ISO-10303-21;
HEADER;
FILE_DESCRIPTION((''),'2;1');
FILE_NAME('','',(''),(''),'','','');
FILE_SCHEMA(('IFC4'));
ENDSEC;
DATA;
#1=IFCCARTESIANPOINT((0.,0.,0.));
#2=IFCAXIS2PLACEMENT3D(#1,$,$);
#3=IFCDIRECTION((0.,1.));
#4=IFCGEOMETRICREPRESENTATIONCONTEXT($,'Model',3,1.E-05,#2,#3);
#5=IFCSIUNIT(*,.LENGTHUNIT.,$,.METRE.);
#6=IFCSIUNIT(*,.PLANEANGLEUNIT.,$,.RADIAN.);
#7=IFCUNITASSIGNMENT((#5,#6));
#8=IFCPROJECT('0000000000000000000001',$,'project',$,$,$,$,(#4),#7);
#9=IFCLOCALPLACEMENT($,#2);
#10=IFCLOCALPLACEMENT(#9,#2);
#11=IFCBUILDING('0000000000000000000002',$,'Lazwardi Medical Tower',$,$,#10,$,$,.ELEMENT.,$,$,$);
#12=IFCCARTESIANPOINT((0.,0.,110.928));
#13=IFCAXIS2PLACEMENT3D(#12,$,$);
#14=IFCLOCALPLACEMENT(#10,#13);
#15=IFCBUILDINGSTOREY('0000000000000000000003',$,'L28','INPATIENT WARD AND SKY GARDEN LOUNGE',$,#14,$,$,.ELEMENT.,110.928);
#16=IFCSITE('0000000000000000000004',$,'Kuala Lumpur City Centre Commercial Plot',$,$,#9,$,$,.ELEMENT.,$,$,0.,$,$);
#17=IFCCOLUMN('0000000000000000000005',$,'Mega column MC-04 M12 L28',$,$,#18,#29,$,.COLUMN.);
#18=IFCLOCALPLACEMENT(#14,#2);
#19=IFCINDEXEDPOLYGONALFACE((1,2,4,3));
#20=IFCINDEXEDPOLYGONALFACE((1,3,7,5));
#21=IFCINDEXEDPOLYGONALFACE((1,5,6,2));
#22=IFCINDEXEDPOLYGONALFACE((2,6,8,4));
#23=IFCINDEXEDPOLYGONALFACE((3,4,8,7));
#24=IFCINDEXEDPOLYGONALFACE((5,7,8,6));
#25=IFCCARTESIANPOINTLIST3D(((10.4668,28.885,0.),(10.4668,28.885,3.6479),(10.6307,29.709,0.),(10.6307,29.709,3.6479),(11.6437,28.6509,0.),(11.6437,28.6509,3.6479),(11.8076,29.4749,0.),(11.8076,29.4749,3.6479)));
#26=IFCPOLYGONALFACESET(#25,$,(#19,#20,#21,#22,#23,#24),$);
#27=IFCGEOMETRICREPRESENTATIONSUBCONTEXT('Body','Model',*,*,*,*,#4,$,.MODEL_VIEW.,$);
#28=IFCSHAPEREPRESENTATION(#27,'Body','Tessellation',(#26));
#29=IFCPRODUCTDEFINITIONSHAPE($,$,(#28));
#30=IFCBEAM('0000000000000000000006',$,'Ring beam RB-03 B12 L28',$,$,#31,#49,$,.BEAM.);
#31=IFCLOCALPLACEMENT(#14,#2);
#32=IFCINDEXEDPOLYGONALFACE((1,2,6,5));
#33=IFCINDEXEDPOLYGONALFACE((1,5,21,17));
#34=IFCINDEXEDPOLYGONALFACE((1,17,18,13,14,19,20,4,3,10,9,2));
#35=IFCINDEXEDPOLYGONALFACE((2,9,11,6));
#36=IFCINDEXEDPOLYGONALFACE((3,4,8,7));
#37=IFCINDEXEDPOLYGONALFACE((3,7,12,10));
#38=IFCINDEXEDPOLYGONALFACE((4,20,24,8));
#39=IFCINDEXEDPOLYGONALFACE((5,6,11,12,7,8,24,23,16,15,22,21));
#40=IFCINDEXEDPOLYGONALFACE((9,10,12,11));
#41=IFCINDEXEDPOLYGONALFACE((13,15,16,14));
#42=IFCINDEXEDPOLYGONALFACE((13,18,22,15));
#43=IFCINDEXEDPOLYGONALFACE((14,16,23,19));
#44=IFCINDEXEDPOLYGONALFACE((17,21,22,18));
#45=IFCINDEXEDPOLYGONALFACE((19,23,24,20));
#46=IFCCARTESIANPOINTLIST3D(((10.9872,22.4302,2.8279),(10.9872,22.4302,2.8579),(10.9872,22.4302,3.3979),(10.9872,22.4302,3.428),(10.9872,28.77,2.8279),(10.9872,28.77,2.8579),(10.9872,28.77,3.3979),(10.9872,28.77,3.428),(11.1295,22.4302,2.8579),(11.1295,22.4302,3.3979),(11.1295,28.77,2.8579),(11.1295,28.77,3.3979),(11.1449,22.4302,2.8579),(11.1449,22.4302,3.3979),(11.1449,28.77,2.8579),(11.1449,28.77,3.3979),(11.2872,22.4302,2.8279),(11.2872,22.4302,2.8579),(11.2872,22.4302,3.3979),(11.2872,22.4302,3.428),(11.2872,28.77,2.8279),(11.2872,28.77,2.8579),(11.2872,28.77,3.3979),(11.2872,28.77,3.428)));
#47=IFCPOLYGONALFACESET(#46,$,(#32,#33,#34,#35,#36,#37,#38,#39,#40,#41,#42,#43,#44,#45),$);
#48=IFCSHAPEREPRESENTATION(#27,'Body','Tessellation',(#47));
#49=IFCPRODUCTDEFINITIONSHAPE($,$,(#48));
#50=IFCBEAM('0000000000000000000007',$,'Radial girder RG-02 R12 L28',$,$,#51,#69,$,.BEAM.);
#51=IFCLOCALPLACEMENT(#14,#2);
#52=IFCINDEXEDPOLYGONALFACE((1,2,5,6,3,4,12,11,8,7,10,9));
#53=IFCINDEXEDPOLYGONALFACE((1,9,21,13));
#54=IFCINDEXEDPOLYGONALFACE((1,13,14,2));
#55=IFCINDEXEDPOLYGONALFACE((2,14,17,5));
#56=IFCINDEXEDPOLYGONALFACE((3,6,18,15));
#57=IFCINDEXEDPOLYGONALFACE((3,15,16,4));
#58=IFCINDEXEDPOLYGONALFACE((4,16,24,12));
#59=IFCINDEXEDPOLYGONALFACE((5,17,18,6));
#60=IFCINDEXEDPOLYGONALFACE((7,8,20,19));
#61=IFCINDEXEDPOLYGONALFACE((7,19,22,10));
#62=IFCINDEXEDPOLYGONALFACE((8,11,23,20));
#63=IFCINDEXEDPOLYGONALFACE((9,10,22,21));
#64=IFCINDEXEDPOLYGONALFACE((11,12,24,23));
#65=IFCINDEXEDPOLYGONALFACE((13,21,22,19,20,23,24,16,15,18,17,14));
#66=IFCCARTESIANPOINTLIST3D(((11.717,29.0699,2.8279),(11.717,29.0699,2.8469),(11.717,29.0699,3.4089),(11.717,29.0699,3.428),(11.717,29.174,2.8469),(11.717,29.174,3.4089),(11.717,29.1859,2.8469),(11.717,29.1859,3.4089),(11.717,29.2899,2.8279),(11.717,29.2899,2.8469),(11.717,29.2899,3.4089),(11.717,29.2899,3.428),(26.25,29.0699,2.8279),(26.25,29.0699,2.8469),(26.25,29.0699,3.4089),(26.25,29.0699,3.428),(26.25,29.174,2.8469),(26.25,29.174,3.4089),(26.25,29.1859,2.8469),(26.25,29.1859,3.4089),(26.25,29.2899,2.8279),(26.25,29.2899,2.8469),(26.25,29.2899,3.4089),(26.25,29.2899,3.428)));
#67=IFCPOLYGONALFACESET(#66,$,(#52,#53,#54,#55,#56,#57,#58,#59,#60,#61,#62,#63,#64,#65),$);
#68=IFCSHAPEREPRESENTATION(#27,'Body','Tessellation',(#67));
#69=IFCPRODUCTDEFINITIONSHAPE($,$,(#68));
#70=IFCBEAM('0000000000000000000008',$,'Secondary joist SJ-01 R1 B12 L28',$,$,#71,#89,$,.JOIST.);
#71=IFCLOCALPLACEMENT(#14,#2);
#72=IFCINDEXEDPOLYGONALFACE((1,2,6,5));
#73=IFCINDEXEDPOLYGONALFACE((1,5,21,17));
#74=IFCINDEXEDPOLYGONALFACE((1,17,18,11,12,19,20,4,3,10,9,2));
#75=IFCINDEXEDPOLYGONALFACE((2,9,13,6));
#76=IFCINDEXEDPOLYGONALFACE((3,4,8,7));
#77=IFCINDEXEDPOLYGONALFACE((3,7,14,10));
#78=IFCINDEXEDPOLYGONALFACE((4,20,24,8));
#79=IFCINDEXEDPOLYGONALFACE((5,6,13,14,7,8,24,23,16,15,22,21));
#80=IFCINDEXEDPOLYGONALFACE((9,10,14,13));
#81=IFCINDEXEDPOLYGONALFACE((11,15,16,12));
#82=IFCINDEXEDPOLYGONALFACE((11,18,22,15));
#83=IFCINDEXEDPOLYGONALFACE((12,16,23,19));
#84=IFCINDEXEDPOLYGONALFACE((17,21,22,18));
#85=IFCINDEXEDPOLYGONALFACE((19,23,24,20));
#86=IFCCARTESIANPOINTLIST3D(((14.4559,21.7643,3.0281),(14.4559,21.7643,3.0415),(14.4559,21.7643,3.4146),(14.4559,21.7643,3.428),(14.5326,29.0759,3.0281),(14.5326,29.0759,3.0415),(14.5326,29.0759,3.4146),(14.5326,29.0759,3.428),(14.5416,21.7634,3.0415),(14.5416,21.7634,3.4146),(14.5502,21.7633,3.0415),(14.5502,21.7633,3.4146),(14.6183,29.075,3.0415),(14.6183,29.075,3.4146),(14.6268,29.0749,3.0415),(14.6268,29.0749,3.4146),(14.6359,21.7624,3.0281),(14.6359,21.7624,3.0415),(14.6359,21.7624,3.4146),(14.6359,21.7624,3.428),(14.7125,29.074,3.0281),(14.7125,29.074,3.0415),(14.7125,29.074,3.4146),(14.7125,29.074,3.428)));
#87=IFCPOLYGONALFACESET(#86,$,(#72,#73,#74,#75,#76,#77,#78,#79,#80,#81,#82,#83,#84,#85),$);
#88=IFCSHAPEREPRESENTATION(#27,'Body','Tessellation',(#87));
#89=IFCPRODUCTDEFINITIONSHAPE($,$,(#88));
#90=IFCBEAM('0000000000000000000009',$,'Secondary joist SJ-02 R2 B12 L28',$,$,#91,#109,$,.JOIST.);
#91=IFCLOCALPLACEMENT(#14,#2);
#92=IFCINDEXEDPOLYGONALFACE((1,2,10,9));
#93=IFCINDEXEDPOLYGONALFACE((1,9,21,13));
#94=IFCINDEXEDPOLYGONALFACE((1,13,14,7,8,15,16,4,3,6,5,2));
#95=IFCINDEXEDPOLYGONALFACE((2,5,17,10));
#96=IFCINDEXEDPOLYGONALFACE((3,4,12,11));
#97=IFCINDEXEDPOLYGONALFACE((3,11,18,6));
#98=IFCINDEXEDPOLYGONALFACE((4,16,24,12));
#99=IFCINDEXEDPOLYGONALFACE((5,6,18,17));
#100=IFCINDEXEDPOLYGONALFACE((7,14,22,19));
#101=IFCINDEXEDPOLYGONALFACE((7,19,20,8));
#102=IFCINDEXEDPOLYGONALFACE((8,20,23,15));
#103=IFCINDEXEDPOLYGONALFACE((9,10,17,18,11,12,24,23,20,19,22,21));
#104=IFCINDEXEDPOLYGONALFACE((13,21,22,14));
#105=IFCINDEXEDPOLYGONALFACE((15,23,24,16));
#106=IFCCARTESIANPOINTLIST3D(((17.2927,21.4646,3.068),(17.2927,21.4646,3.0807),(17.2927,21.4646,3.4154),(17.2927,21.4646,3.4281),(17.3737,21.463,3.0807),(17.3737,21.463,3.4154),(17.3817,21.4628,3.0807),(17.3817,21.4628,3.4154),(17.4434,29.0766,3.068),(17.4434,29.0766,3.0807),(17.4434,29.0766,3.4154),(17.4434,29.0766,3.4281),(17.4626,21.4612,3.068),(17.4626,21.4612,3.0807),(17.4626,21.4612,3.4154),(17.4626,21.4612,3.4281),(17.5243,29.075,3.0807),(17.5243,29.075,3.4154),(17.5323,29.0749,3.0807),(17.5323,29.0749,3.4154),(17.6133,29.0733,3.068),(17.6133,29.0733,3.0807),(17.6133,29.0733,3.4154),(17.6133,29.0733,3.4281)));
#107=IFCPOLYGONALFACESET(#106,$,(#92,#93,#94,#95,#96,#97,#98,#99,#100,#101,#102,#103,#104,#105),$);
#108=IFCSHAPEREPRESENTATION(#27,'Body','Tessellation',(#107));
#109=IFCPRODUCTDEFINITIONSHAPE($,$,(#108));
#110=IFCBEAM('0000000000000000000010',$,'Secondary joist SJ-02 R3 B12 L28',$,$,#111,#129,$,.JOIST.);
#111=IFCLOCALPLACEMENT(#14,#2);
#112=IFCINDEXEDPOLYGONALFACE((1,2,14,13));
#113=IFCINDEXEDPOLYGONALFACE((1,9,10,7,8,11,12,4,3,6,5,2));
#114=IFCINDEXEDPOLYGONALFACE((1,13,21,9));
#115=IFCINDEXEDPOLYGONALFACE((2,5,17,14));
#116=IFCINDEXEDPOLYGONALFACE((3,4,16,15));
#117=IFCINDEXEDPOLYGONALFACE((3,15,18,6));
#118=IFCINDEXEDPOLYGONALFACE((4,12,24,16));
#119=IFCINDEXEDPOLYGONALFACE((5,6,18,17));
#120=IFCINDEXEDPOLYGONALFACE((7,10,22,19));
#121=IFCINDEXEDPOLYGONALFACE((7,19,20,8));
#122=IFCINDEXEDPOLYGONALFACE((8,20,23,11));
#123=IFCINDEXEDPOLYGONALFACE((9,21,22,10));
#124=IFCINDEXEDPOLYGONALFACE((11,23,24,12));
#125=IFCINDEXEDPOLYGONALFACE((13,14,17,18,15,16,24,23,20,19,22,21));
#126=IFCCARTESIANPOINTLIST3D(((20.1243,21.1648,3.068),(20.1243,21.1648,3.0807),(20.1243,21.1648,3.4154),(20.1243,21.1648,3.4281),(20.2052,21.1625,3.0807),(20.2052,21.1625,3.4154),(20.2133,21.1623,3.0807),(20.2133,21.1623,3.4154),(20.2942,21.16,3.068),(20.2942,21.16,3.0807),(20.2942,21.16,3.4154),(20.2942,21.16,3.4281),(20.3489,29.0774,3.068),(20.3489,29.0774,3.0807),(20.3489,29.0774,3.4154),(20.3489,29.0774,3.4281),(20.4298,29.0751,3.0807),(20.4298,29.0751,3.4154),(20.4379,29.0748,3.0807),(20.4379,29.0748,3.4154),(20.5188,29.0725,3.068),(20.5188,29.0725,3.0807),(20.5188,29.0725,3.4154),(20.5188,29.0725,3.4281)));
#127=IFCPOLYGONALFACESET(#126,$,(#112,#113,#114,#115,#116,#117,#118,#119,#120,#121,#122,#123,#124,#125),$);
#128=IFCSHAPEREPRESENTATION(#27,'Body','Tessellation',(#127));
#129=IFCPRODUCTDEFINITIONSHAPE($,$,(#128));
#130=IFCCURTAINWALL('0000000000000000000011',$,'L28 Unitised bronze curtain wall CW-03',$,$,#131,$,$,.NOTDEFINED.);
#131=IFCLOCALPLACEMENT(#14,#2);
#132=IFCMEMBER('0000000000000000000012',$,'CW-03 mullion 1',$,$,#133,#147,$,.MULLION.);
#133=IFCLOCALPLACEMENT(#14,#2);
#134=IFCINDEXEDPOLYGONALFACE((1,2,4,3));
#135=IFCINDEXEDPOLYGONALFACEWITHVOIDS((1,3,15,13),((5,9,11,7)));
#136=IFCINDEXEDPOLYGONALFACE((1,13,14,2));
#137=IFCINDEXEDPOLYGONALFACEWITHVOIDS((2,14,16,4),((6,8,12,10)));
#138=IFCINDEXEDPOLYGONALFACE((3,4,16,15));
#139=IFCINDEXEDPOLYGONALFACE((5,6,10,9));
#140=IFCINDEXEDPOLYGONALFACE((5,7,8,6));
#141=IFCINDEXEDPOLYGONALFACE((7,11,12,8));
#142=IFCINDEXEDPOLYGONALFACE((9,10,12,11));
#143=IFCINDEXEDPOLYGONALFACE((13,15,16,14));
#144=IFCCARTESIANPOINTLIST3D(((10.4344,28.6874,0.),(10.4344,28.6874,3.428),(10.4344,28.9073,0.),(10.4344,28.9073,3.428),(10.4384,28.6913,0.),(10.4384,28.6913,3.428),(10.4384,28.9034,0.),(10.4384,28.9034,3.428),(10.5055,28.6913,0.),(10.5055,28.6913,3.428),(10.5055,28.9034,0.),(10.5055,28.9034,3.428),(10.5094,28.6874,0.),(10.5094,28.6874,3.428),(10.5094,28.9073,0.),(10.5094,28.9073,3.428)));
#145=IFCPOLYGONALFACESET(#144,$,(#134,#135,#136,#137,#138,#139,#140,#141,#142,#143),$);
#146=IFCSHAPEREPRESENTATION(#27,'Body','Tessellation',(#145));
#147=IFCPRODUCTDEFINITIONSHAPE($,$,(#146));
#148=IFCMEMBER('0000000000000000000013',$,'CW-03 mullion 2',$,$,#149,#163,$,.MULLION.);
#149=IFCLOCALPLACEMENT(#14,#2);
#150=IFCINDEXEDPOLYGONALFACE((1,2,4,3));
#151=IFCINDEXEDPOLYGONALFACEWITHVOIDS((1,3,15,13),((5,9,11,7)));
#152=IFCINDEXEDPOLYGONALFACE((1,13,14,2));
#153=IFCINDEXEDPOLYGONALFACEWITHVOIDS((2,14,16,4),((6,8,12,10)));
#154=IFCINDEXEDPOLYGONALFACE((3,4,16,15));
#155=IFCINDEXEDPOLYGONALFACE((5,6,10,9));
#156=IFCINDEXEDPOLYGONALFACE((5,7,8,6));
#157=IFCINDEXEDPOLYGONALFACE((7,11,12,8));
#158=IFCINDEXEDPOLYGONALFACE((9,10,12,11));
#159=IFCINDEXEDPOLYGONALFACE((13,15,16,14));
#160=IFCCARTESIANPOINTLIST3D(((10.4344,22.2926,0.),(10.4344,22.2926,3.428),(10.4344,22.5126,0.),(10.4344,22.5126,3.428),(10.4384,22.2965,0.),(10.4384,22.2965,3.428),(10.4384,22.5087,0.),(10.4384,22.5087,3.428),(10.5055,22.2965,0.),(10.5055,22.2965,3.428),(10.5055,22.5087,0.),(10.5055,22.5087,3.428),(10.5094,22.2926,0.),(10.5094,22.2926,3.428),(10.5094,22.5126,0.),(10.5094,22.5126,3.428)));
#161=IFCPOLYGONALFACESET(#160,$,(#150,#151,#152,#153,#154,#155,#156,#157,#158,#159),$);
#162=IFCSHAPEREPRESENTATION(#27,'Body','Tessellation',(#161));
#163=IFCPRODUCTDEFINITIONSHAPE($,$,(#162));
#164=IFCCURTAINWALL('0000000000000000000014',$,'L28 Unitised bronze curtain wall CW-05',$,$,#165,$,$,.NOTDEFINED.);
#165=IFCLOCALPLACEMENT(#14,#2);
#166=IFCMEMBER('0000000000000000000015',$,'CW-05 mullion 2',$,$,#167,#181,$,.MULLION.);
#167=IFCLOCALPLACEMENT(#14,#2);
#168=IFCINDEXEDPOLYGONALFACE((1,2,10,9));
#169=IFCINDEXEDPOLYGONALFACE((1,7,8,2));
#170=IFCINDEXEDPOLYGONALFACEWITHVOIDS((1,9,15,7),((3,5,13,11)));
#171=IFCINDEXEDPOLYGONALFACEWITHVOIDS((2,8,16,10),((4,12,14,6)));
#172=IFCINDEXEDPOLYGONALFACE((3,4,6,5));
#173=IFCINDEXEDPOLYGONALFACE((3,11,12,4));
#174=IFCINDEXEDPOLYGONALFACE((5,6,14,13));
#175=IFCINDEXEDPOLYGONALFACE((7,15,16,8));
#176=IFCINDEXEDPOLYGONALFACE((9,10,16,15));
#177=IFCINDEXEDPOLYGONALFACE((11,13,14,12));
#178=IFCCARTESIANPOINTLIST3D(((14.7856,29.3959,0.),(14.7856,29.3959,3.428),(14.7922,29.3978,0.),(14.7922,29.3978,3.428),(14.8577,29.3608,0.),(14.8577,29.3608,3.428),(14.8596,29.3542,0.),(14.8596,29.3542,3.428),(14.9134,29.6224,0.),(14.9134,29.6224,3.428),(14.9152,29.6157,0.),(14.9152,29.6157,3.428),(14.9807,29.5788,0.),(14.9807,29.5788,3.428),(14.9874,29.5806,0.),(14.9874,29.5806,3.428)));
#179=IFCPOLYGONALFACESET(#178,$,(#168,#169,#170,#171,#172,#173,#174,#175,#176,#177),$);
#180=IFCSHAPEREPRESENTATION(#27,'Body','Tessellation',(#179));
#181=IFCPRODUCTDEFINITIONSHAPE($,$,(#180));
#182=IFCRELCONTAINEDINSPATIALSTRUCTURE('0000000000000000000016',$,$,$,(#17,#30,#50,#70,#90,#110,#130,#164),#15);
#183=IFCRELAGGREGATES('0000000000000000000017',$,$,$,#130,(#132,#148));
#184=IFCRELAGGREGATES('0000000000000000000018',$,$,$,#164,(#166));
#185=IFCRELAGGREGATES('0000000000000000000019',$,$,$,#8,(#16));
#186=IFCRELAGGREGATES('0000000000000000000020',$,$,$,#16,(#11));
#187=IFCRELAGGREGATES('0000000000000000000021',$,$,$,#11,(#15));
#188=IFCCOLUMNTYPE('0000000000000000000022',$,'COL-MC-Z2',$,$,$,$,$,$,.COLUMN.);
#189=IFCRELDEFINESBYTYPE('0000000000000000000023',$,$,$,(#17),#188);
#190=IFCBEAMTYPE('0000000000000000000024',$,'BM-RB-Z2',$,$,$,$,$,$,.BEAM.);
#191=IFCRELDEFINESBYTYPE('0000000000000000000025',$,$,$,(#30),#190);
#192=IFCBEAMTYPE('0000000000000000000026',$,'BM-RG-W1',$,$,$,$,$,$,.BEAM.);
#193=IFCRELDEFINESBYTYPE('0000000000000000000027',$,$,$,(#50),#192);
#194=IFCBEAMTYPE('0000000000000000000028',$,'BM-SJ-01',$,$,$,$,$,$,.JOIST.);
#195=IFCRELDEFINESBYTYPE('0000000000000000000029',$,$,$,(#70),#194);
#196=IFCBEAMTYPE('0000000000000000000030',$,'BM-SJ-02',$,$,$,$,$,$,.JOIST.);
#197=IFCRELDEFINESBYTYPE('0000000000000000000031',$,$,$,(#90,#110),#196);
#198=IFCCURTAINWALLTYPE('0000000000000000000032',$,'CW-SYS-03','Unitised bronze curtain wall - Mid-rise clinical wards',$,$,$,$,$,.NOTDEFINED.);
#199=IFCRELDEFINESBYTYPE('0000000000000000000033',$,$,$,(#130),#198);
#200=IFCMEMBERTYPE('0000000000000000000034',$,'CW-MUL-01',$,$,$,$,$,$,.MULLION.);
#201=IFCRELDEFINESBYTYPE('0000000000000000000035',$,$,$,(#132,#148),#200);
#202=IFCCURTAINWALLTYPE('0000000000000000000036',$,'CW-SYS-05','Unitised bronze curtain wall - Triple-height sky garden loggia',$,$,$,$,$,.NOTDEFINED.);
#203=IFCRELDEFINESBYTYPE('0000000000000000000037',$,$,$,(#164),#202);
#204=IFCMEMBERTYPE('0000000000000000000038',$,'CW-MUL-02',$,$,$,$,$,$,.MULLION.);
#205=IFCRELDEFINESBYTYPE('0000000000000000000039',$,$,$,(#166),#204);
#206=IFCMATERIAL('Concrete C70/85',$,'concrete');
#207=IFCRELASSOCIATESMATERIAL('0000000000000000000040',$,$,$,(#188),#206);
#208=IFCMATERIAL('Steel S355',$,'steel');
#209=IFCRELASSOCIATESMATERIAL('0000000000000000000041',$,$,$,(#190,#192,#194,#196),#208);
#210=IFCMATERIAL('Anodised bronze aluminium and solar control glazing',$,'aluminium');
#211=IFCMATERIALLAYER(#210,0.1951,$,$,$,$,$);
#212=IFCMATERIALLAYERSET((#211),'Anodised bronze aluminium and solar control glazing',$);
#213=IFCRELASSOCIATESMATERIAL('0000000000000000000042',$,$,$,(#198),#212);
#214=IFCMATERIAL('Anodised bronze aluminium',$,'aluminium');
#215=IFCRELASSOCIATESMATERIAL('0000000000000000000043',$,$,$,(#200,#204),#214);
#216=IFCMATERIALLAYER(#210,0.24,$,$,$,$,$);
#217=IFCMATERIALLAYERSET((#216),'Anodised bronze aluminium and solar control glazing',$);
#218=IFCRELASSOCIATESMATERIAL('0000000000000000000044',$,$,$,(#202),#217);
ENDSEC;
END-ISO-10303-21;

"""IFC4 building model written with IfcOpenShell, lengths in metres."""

from ifc_helpers import new_model, si_unit, direction, frame, origin, origin_2d, place, context, subcontext, project, spatial, rectangle, hollow_rectangle, i_section, extrude, material, layer, layer_set, material_profile, profile_set, type_object, element, aggregate, save


model = new_model("IFC4")

# Units and contexts
model_context = context("Model", 3, precision=1e-05, world=origin(), true_north=direction((0.0, 1.0)))
body_context = subcontext(model_context, "Body", "Model", "MODEL_VIEW")
ifc_project = project(units=[si_unit("LENGTHUNIT", "METRE"), si_unit("PLANEANGLEUNIT", "RADIAN")], contexts=[model_context])

# Site, building, storey
site_placement = place(None, origin())
site = spatial("IfcSite", under=ifc_project, at=site_placement, Name="Kuala Lumpur City Centre Commercial Plot", CompositionType="ELEMENT", RefElevation=0.0)
building_placement = place(site_placement, origin())
building = spatial("IfcBuilding", under=site, at=building_placement, Name="Lazwardi Medical Tower", CompositionType="ELEMENT")
storey_placement = place(building_placement, frame((0.0, 0.0, 110.928)))
storey = spatial("IfcBuildingStorey", under=building, at=storey_placement, Name="L28", Description="INPATIENT WARD AND SKY GARDEN LOUNGE", CompositionType="ELEMENT", Elevation=110.928)

# Column
ifc_material_1 = material(Name="Concrete C70/85", Category="concrete")
ifc_material_profile_1 = material_profile(ifc_material_1, rectangle(XDim=1.2, YDim=0.8401, at=origin_2d()), Name="CFT-RECT 1200x840")
ifc_profile_set_1 = profile_set([ifc_material_profile_1], Name="Concrete C70/85")
column_type = type_object("IfcColumnType", Name="COL-MC-Z2", PredefinedType="COLUMN", material=ifc_profile_set_1)
column_placement = place(storey_placement, frame((11.1372, 29.1799, 0.0), z_axis=(0.0, 0.0, 1.0), x_axis=(-0.980785, 0.19509, 0.0)))
element("IfcColumn", 1, at=column_placement, inside=storey, type_object=column_type, Name="Mega column MC-04 M12 L28", PredefinedType="COLUMN", context=body_context, shape_type="SweptSolid", body=[
    extrude(rectangle(XDim=1.2, YDim=0.8401, at=origin_2d()), origin(), (0.0, 0.0, 1.0), 3.6479),
])

# Beams
ifc_material_2 = material(Name="Steel S355", Category="steel")
ifc_material_profile_2 = material_profile(ifc_material_2, i_section(OverallWidth=0.3, OverallDepth=0.6001, WebThickness=0.0154, FlangeThickness=0.03, at=origin_2d()), Name="HEB 600")
ifc_profile_set_2 = profile_set([ifc_material_profile_2], Name="Steel S355")
beam_type_1 = type_object("IfcBeamType", Name="BM-RB-Z2", PredefinedType="BEAM", material=ifc_profile_set_2)
beam_1_placement = place(storey_placement, frame((11.1372, 28.77, 3.1279), z_axis=(0.0, -1.0, 0.0), x_axis=(1.0, 0.0, 0.0)))
element("IfcBeam", 2, at=beam_1_placement, inside=storey, type_object=beam_type_1, Name="Ring beam RB-03 B12 L28", PredefinedType="BEAM", context=body_context, shape_type="SweptSolid", body=[
    extrude(i_section(OverallWidth=0.3, OverallDepth=0.6001, WebThickness=0.0154, FlangeThickness=0.03, at=origin_2d()), origin(), (0.0, 0.0, 1.0), 6.3398),
])
ifc_material_profile_3 = material_profile(ifc_material_2, i_section(OverallWidth=0.22, OverallDepth=0.6001, WebThickness=0.012, FlangeThickness=0.019, at=origin_2d()), Name="IPE 600")
ifc_profile_set_3 = profile_set([ifc_material_profile_3], Name="Steel S355")
beam_type_2 = type_object("IfcBeamType", Name="BM-RG-W1", PredefinedType="BEAM", material=ifc_profile_set_3)
beam_2_placement = place(storey_placement, frame((11.717, 29.1799, 3.1279), z_axis=(1.0, 0.0, 0.0), x_axis=(0.0, 1.0, 0.0)))
element("IfcBeam", 3, at=beam_2_placement, inside=storey, type_object=beam_type_2, Name="Radial girder RG-02 R12 L28", PredefinedType="BEAM", context=body_context, shape_type="SweptSolid", body=[
    extrude(i_section(OverallWidth=0.22, OverallDepth=0.6001, WebThickness=0.012, FlangeThickness=0.019, at=origin_2d()), origin(), (0.0, 0.0, 1.0), 14.533),
])
ifc_material_profile_4 = material_profile(ifc_material_2, i_section(OverallWidth=0.1799, OverallDepth=0.3999, WebThickness=0.0085, FlangeThickness=0.0134, at=origin_2d()), Name="IPE 400")
ifc_profile_set_4 = profile_set([ifc_material_profile_4], Name="Steel S355")
beam_type_3 = type_object("IfcBeamType", Name="BM-SJ-01", PredefinedType="JOIST", material=ifc_profile_set_4)
beam_3_placement = place(storey_placement, frame((14.6226, 29.075, 3.228), z_axis=(-0.010484, -0.999945, 0.0), x_axis=(0.999945, -0.010484, 0.0)))
element("IfcBeam", 4, at=beam_3_placement, inside=storey, type_object=beam_type_3, Name="Secondary joist SJ-01 R1 B12 L28", PredefinedType="JOIST", context=body_context, shape_type="SweptSolid", body=[
    extrude(i_section(OverallWidth=0.1799, OverallDepth=0.3999, WebThickness=0.0085, FlangeThickness=0.0134, at=origin_2d()), origin(), (0.0, 0.0, 1.0), 7.312),
])
ifc_material_profile_5 = material_profile(ifc_material_2, i_section(OverallWidth=0.1699, OverallDepth=0.3601, WebThickness=0.0081, FlangeThickness=0.0127, at=origin_2d()), Name="IPE 360")
ifc_profile_set_5 = profile_set([ifc_material_profile_5], Name="Steel S355")
beam_type_4 = type_object("IfcBeamType", Name="BM-SJ-02", PredefinedType="JOIST", material=ifc_profile_set_5)
beam_4_placement = place(storey_placement, frame((17.5283, 29.075, 3.248), z_axis=(-0.019785, -0.999804, 0.0), x_axis=(0.999804, -0.019785, 0.0)))
element("IfcBeam", 5, at=beam_4_placement, inside=storey, type_object=beam_type_4, Name="Secondary joist SJ-02 R2 B12 L28", PredefinedType="JOIST", context=body_context, shape_type="SweptSolid", body=[
    extrude(i_section(OverallWidth=0.1699, OverallDepth=0.3601, WebThickness=0.0081, FlangeThickness=0.0127, at=origin_2d()), origin(), (0.0, 0.0, 1.0), 7.6135),
])
beam_5_placement = place(storey_placement, frame((20.4338, 29.075, 3.248), z_axis=(-0.028375, -0.999597, 0.0), x_axis=(0.999597, -0.028375, 0.0)))
element("IfcBeam", 6, at=beam_5_placement, inside=storey, type_object=beam_type_4, Name="Secondary joist SJ-02 R3 B12 L28", PredefinedType="JOIST", context=body_context, shape_type="SweptSolid", body=[
    extrude(i_section(OverallWidth=0.1699, OverallDepth=0.3601, WebThickness=0.0081, FlangeThickness=0.0127, at=origin_2d()), origin(), (0.0, 0.0, 1.0), 7.9158),
])

# Curtain wall, members
ifc_material_3 = material(Name="Anodised bronze aluminium and solar control glazing", Category="aluminium")
ifc_layer_1 = layer(ifc_material_3, 0.1951)
ifc_layer_set_1 = layer_set([ifc_layer_1], Name="Anodised bronze aluminium and solar control glazing")
curtain_wall_type_1 = type_object("IfcCurtainWallType", Name="CW-SYS-03", Description="Unitised bronze curtain wall - Mid-rise clinical wards", PredefinedType="NOTDEFINED", material=ifc_layer_set_1)
curtain_wall_1_placement = place(storey_placement, origin())
curtain_wall_1 = element("IfcCurtainWall", 7, at=curtain_wall_1_placement, inside=storey, type_object=curtain_wall_type_1, Name="L28 Unitised bronze curtain wall CW-03", PredefinedType="NOTDEFINED")
ifc_material_4 = material(Name="Anodised bronze aluminium", Category="aluminium")
ifc_material_profile_6 = material_profile(ifc_material_4, hollow_rectangle(XDim=0.075, YDim=0.22, WallThickness=0.0039, at=origin_2d()), Name="ALU-MULLION 220x75x4")
ifc_profile_set_6 = profile_set([ifc_material_profile_6], Name="Anodised bronze aluminium")
member_type_1 = type_object("IfcMemberType", Name="CW-MUL-01", PredefinedType="MULLION", material=ifc_profile_set_6)
member_1_placement = place(storey_placement, frame((10.4719, 28.7974, 0.0), z_axis=(0.0, 0.0, 1.0), x_axis=(1.0, 0.0, 0.0)))
member_1 = element("IfcMember", 8, at=member_1_placement, type_object=member_type_1, Name="CW-03 mullion 1", PredefinedType="MULLION", context=body_context, shape_type="SweptSolid", body=[
    extrude(hollow_rectangle(XDim=0.075, YDim=0.22, WallThickness=0.0039, at=origin_2d()), origin(), (0.0, 0.0, 1.0), 3.428),
])
member_2_placement = place(storey_placement, frame((10.4719, 22.4026, 0.0), z_axis=(0.0, 0.0, 1.0), x_axis=(1.0, 0.0, 0.0)))
member_2 = element("IfcMember", 9, at=member_2_placement, type_object=member_type_1, Name="CW-03 mullion 2", PredefinedType="MULLION", context=body_context, shape_type="SweptSolid", body=[
    extrude(hollow_rectangle(XDim=0.075, YDim=0.22, WallThickness=0.0039, at=origin_2d()), origin(), (0.0, 0.0, 1.0), 3.428),
])

# Curtain wall, member
ifc_layer_2 = layer(ifc_material_3, 0.24)
ifc_layer_set_2 = layer_set([ifc_layer_2], Name="Anodised bronze aluminium and solar control glazing")
curtain_wall_type_2 = type_object("IfcCurtainWallType", Name="CW-SYS-05", Description="Unitised bronze curtain wall - Triple-height sky garden loggia", PredefinedType="NOTDEFINED", material=ifc_layer_set_2)
curtain_wall_2_placement = place(storey_placement, origin())
curtain_wall_2 = element("IfcCurtainWall", 10, at=curtain_wall_2_placement, inside=storey, type_object=curtain_wall_type_2, Name="L28 Unitised bronze curtain wall CW-05", PredefinedType="NOTDEFINED")
ifc_material_profile_7 = material_profile(ifc_material_4, hollow_rectangle(XDim=0.085, YDim=0.26, WallThickness=0.0049, at=origin_2d()), Name="ALU-MULLION 260x85x5")
ifc_profile_set_7 = profile_set([ifc_material_profile_7], Name="Anodised bronze aluminium")
member_type_2 = type_object("IfcMemberType", Name="CW-MUL-02", PredefinedType="MULLION", material=ifc_profile_set_7)
member_3_placement = place(storey_placement, frame((14.8865, 29.4883, 0.0), z_axis=(0.0, 0.0, 1.0), x_axis=(0.870846, -0.491556, 0.0)))
member_3 = element("IfcMember", 11, at=member_3_placement, type_object=member_type_2, Name="CW-05 mullion 2", PredefinedType="MULLION", context=body_context, shape_type="SweptSolid", body=[
    extrude(hollow_rectangle(XDim=0.085, YDim=0.26, WallThickness=0.0049, at=origin_2d()), origin(), (0.0, 0.0, 1.0), 3.428),
])

aggregate(curtain_wall_1, [member_1, member_2])
aggregate(curtain_wall_2, [member_3])

save(model, "model.ifc")
